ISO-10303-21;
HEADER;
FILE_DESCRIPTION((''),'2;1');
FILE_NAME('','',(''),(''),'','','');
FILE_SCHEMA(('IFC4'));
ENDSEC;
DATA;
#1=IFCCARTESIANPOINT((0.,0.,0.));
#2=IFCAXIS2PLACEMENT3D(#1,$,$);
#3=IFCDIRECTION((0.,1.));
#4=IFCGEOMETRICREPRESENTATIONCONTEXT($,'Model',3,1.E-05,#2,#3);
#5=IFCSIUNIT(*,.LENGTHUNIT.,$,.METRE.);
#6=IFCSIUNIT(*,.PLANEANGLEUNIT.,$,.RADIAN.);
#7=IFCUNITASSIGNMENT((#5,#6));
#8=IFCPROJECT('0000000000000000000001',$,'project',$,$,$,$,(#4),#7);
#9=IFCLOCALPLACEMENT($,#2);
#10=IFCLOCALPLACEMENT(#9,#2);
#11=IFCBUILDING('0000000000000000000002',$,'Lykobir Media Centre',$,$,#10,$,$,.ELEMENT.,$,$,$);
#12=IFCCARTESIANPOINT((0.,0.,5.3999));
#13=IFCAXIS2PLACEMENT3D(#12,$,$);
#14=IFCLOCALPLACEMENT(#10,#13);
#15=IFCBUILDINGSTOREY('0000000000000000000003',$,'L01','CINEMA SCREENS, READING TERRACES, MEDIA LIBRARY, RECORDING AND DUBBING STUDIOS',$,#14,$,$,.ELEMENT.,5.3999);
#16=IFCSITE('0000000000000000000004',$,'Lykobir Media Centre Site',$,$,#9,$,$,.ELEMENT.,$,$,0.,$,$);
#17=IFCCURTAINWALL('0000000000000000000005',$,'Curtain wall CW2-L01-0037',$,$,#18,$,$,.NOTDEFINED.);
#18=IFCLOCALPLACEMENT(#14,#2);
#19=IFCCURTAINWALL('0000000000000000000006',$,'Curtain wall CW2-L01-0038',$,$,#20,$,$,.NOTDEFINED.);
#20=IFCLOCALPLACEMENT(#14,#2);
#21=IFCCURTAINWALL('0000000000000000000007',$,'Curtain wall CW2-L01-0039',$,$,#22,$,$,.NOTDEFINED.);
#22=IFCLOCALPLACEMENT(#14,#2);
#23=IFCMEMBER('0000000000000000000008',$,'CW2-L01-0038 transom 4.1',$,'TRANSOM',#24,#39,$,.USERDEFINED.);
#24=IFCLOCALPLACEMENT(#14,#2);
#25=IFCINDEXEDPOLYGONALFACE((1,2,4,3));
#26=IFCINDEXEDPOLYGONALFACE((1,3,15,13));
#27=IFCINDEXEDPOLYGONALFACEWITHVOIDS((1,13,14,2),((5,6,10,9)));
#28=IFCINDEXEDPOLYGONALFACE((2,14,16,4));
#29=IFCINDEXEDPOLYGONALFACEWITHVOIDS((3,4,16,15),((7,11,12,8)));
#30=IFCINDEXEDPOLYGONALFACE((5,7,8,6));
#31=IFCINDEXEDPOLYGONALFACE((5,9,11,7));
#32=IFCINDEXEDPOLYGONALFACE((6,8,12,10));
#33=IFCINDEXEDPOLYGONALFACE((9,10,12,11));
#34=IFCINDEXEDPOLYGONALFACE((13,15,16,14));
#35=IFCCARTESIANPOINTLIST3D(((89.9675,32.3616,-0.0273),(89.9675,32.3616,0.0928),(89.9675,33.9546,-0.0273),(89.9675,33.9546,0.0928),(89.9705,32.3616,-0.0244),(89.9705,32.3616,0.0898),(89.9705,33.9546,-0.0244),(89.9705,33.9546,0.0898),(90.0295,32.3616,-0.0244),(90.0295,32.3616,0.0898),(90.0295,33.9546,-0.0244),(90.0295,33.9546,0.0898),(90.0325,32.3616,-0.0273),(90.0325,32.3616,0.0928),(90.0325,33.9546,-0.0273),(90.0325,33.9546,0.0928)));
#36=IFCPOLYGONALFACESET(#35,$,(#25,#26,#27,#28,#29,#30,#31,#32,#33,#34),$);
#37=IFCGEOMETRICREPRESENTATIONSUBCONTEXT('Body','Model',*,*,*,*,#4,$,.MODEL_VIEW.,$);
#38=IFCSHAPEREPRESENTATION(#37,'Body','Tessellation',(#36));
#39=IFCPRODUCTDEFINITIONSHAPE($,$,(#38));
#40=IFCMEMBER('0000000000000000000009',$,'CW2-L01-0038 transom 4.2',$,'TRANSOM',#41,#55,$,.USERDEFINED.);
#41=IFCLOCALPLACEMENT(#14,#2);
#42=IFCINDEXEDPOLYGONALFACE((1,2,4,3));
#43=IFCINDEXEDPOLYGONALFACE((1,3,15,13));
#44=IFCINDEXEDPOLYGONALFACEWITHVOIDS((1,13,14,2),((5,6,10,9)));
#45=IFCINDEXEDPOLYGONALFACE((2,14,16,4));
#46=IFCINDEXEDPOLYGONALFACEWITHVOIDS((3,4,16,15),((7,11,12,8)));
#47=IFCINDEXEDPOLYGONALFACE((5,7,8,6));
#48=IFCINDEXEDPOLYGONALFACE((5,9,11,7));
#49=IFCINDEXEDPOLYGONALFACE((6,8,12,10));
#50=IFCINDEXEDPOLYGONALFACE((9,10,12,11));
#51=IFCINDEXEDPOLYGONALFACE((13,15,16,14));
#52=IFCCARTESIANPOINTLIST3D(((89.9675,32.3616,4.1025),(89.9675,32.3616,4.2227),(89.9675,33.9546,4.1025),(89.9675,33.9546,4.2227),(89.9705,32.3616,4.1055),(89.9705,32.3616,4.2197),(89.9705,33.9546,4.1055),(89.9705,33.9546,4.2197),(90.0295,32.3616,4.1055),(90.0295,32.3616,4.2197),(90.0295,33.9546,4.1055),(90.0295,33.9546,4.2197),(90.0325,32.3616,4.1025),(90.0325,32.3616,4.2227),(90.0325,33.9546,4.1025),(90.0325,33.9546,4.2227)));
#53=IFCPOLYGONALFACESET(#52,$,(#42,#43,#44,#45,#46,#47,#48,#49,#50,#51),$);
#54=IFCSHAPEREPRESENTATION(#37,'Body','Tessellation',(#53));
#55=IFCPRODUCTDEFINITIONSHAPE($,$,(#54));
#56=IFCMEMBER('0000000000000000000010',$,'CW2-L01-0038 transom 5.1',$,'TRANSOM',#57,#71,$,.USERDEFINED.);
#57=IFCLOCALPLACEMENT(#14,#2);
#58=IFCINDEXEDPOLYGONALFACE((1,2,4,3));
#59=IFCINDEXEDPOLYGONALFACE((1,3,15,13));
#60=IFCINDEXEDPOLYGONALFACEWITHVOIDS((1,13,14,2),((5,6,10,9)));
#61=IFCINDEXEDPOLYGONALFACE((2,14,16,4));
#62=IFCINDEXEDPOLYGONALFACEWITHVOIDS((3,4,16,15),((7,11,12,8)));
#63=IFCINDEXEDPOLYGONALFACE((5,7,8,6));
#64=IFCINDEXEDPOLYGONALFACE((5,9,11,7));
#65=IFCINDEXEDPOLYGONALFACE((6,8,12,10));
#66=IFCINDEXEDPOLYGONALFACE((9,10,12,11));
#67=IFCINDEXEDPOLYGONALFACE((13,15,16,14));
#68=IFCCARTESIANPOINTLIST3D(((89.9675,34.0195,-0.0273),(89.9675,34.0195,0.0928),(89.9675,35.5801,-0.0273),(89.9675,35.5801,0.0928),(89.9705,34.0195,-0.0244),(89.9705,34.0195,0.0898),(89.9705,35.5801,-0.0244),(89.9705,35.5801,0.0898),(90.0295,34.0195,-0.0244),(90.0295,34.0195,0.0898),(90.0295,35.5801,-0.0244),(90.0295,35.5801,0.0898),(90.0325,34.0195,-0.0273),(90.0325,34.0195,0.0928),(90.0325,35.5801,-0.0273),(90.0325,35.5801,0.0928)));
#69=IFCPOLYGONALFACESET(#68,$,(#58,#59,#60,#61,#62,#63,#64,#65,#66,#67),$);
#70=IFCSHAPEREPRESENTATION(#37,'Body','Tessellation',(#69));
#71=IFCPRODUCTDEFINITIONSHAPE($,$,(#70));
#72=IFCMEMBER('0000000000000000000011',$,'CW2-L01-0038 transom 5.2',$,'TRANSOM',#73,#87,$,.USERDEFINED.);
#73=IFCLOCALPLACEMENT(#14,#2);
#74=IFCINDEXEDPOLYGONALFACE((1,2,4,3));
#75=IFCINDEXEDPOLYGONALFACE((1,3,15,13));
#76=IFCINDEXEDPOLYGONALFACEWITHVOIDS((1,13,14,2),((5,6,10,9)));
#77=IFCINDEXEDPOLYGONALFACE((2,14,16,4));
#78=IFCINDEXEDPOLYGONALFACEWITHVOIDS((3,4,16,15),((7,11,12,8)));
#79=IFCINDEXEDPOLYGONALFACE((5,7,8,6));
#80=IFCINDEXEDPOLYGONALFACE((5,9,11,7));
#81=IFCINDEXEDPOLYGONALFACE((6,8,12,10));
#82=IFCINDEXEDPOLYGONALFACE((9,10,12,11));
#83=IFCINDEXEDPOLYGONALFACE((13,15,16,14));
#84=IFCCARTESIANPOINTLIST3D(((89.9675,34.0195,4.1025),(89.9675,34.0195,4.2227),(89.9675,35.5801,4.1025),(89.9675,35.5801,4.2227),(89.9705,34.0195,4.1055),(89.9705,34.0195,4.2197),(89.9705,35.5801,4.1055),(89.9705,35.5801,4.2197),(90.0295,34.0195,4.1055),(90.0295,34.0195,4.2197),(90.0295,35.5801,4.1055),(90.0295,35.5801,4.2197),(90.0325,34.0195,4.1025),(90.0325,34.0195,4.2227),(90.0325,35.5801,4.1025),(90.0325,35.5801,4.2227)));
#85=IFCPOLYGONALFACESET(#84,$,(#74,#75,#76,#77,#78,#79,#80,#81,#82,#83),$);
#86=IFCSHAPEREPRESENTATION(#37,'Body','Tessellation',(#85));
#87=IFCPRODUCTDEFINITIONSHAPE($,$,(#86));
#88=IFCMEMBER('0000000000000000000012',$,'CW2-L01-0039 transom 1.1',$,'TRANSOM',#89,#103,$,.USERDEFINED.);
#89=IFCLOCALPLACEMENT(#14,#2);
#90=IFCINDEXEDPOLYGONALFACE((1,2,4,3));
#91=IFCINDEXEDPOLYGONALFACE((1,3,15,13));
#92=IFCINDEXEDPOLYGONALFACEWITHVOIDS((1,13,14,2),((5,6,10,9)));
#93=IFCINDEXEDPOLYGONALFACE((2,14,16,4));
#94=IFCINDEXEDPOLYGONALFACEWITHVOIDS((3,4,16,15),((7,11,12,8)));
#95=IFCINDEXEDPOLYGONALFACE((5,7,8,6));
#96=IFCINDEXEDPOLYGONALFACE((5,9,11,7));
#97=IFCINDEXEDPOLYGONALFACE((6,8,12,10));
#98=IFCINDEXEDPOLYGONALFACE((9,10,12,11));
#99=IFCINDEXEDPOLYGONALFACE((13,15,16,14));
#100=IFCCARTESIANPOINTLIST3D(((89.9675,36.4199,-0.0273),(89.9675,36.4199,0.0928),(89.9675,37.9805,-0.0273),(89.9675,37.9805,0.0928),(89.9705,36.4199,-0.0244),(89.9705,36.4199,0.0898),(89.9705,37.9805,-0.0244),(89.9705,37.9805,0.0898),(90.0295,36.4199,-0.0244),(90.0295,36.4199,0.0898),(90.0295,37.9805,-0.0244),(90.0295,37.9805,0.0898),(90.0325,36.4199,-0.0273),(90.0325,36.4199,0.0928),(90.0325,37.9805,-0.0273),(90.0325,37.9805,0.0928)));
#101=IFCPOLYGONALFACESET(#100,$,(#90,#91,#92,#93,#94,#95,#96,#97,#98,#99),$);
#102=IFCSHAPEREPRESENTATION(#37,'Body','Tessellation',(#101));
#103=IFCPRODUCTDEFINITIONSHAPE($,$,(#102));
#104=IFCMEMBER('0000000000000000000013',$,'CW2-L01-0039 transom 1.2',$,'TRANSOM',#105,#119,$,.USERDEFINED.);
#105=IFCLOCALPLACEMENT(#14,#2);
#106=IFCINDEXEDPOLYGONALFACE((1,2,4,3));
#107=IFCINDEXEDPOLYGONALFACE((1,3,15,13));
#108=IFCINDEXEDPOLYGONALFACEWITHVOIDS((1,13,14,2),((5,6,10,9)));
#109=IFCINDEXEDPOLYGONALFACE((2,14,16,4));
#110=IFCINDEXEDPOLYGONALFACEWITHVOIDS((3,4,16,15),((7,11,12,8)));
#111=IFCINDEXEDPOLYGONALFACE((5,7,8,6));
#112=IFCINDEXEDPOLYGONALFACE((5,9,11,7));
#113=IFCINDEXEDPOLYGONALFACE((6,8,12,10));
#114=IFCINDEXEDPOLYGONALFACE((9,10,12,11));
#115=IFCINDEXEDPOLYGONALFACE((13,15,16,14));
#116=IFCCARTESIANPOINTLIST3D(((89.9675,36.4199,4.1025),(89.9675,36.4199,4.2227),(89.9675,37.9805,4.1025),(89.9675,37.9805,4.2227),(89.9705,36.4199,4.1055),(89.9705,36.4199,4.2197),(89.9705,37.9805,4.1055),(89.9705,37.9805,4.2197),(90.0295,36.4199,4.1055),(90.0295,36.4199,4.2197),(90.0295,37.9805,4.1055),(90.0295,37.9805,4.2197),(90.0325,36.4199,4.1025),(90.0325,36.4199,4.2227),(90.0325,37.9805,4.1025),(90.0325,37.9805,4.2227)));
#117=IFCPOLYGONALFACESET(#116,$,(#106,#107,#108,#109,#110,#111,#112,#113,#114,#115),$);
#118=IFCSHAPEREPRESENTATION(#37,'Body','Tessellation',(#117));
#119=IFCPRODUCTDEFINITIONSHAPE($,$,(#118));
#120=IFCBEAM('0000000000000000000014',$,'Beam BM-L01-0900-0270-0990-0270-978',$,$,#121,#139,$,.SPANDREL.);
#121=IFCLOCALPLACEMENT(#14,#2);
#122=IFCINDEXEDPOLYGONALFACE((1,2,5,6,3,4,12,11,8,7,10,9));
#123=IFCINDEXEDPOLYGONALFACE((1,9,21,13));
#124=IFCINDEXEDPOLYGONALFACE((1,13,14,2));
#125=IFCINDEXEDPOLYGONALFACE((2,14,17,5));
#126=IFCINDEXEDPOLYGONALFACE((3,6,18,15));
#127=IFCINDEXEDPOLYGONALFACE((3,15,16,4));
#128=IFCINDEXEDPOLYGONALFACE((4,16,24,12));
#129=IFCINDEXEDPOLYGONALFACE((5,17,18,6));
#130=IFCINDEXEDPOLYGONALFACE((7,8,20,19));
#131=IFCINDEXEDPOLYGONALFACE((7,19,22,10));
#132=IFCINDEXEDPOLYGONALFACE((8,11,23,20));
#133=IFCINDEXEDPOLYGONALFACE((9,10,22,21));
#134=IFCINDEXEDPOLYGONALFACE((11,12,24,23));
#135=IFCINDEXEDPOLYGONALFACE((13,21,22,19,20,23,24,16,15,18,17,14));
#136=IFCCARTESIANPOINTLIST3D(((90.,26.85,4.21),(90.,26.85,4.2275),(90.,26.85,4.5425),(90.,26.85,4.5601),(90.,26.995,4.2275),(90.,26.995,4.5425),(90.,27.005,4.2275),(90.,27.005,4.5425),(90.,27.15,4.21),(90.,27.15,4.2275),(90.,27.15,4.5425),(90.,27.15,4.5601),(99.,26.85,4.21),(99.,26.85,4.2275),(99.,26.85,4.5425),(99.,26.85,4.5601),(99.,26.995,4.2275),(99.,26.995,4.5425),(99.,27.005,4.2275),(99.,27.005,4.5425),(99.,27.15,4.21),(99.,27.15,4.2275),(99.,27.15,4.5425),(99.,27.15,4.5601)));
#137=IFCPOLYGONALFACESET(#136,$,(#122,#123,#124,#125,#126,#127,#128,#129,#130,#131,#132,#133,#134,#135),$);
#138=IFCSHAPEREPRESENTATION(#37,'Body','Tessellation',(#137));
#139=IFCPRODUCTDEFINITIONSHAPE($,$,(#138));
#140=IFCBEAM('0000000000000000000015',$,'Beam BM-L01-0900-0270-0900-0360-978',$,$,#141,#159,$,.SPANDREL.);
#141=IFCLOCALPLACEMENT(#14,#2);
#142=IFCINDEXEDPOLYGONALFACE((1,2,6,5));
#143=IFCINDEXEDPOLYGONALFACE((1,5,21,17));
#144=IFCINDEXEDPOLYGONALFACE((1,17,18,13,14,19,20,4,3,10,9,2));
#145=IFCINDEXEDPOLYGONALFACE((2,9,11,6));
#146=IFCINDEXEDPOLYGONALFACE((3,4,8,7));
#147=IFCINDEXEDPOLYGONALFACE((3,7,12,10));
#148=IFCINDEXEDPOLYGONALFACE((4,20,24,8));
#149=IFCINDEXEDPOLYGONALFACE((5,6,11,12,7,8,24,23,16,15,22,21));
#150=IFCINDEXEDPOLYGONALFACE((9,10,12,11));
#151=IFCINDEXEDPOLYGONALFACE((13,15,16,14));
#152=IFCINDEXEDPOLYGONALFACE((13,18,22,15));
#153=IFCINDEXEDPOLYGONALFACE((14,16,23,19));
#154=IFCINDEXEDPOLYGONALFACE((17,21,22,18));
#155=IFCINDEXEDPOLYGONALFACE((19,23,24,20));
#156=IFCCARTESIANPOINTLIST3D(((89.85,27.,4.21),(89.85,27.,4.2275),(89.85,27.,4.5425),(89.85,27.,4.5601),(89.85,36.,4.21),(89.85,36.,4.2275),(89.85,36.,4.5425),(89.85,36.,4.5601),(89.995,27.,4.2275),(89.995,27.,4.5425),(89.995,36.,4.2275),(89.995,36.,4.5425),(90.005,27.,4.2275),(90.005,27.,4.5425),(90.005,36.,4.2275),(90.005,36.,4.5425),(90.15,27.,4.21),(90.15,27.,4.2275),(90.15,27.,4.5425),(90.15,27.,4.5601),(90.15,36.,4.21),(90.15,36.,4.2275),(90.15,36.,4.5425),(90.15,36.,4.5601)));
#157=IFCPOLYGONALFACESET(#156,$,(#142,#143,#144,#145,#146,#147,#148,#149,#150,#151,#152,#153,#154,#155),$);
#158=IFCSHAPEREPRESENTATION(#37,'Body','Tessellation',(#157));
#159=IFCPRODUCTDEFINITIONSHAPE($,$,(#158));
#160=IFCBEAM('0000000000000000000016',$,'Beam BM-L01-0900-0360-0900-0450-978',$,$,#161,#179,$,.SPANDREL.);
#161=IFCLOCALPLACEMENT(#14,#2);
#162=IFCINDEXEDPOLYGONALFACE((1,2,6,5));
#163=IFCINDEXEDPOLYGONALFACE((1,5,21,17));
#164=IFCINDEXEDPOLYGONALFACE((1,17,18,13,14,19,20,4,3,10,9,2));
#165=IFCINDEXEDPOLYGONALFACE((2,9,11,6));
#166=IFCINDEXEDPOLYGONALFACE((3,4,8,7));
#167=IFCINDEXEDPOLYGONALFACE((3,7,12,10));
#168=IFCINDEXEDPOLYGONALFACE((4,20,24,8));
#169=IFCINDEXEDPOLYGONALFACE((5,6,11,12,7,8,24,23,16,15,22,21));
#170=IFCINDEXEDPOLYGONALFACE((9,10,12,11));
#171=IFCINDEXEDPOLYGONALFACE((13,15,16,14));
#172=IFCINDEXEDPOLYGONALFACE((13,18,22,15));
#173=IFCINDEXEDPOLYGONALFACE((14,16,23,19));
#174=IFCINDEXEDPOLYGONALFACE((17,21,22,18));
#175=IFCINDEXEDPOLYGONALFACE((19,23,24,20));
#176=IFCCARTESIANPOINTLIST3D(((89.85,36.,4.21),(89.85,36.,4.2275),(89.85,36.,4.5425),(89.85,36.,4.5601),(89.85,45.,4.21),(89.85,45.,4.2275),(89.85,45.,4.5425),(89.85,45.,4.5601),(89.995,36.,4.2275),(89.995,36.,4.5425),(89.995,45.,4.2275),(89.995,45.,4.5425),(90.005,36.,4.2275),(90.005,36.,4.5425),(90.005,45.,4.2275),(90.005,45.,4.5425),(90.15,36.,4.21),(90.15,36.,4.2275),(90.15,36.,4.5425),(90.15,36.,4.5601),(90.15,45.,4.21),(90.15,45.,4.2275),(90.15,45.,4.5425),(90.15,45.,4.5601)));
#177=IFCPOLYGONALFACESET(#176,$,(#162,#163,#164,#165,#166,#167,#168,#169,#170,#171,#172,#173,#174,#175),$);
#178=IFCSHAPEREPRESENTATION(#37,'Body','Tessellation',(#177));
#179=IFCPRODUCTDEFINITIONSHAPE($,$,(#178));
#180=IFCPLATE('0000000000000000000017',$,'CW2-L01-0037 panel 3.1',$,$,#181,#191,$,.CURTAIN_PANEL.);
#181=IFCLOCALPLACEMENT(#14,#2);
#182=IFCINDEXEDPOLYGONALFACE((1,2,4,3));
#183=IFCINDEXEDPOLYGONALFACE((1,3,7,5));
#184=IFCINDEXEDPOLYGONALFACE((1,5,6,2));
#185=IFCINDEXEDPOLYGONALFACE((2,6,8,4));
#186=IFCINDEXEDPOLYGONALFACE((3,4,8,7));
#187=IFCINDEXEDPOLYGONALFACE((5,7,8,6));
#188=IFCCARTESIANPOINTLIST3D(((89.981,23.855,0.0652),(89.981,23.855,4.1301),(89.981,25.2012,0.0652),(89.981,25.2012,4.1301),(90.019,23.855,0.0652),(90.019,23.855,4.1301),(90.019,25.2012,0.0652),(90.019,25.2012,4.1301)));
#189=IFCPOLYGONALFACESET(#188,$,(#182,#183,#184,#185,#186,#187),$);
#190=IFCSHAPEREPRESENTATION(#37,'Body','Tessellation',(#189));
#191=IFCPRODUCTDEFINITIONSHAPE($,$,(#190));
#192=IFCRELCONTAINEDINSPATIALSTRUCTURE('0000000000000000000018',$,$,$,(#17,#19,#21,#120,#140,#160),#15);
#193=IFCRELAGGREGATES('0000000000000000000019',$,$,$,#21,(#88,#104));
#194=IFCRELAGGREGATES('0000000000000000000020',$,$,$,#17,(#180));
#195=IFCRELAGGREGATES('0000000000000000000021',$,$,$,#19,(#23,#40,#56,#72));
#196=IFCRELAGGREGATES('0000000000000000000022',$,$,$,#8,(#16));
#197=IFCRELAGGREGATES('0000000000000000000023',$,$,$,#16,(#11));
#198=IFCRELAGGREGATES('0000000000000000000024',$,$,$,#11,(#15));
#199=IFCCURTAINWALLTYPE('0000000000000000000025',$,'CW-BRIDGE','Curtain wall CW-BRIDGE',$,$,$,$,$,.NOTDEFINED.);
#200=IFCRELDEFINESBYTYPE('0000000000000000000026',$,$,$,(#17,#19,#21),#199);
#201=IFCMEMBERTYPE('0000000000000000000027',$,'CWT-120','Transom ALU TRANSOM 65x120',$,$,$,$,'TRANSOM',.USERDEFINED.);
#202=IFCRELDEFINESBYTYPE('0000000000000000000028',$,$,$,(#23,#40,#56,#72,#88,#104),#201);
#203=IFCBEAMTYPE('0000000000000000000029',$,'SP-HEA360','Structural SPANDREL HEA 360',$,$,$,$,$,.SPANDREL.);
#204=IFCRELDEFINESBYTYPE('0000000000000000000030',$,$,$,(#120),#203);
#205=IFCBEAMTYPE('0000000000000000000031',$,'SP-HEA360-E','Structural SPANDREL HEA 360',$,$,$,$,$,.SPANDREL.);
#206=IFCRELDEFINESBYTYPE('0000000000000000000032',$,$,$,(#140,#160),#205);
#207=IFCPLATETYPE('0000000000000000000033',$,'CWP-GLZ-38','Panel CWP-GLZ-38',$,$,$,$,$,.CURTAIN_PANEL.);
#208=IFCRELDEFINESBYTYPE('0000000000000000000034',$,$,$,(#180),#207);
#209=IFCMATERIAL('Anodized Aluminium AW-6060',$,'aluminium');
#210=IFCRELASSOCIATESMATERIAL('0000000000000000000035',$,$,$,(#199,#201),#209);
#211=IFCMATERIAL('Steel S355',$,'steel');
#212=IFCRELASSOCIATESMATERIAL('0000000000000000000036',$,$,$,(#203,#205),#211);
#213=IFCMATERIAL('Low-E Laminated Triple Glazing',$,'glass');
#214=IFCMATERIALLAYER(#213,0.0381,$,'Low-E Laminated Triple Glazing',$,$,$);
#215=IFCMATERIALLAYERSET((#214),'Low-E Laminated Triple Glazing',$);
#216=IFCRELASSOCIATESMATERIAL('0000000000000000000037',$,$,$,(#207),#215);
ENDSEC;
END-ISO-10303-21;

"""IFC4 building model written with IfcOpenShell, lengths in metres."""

from ifc_helpers import new_model, si_unit, direction, frame, origin, origin_2d, place, context, subcontext, project, spatial, rectangle, hollow_rectangle, i_section, extrude, material, layer, layer_set, material_profile, profile_set, type_object, element, aggregate, save


model = new_model("IFC4")

# Units and contexts
model_context = context("Model", 3, precision=1e-05, world=origin(), true_north=direction((0.0, 1.0)))
body_context = subcontext(model_context, "Body", "Model", "MODEL_VIEW")
ifc_project = project(units=[si_unit("LENGTHUNIT", "METRE"), si_unit("PLANEANGLEUNIT", "RADIAN")], contexts=[model_context])

# Site, building, storey
site_placement = place(None, origin())
site = spatial("IfcSite", under=ifc_project, at=site_placement, Name="Lykobir Media Centre Site", CompositionType="ELEMENT", RefElevation=0.0)
building_placement = place(site_placement, origin())
building = spatial("IfcBuilding", under=site, at=building_placement, Name="Lykobir Media Centre", CompositionType="ELEMENT")
storey_placement = place(building_placement, frame((0.0, 0.0, 5.3999)))
storey = spatial("IfcBuildingStorey", under=building, at=storey_placement, Name="L01", Description="CINEMA SCREENS, READING TERRACES, MEDIA LIBRARY, RECORDING AND DUBBING STUDIOS", CompositionType="ELEMENT", Elevation=5.3999)

# Shared definitions
ifc_material_1 = material(Name="Steel S355", Category="steel")

# Curtain walls
ifc_material_2 = material(Name="Anodized Aluminium AW-6060", Category="aluminium")
curtain_wall_type = type_object("IfcCurtainWallType", Name="CW-BRIDGE", Description="Curtain wall CW-BRIDGE", PredefinedType="NOTDEFINED", material=ifc_material_2)
curtain_wall_1_placement = place(storey_placement, origin())
curtain_wall_1 = element("IfcCurtainWall", 1, at=curtain_wall_1_placement, inside=storey, type_object=curtain_wall_type, Name="Curtain wall CW2-L01-0037", PredefinedType="NOTDEFINED")
curtain_wall_2_placement = place(storey_placement, origin())
curtain_wall_2 = element("IfcCurtainWall", 2, at=curtain_wall_2_placement, inside=storey, type_object=curtain_wall_type, Name="Curtain wall CW2-L01-0038", PredefinedType="NOTDEFINED")

# Curtain wall
curtain_wall_3_placement = place(storey_placement, origin())
curtain_wall_3 = element("IfcCurtainWall", 3, at=curtain_wall_3_placement, inside=storey, type_object=curtain_wall_type, Name="Curtain wall CW2-L01-0039", PredefinedType="NOTDEFINED")

# Members
ifc_material_profile_1 = material_profile(ifc_material_2, hollow_rectangle(XDim=0.0649, YDim=0.1201, WallThickness=0.0029, at=origin_2d()), Name="ALU TRANSOM 65x120")
ifc_profile_set_1 = profile_set([ifc_material_profile_1], Name="Anodized Aluminium AW-6060")
member_type_1 = type_object("IfcMemberType", Name="CWT-120", Description="Transom ALU TRANSOM 65x120", ElementType="TRANSOM", PredefinedType="USERDEFINED", material=ifc_profile_set_1)
member_1_placement = place(storey_placement, frame((90.0, 32.3616, 0.0327), z_axis=(0.0, 1.0, 0.0), x_axis=(-1.0, 0.0, 0.0)))
member_1 = element("IfcMember", 4, at=member_1_placement, type_object=member_type_1, Name="CW2-L01-0038 transom 4.1", ObjectType="TRANSOM", PredefinedType="USERDEFINED", context=body_context, shape_type="SweptSolid", body=[
    extrude(hollow_rectangle(XDim=0.0649, YDim=0.1201, WallThickness=0.0029, at=origin_2d()), origin(), (0.0, 0.0, 1.0), 1.593),
])
member_2_placement = place(storey_placement, frame((90.0, 32.3616, 4.1626), z_axis=(0.0, 1.0, 0.0), x_axis=(-1.0, 0.0, 0.0)))
member_2 = element("IfcMember", 5, at=member_2_placement, type_object=member_type_1, Name="CW2-L01-0038 transom 4.2", ObjectType="TRANSOM", PredefinedType="USERDEFINED", context=body_context, shape_type="SweptSolid", body=[
    extrude(hollow_rectangle(XDim=0.0649, YDim=0.1201, WallThickness=0.0029, at=origin_2d()), origin(), (0.0, 0.0, 1.0), 1.593),
])
member_3_placement = place(storey_placement, frame((90.0, 34.0195, 0.0327), z_axis=(0.0, 1.0, 0.0), x_axis=(-1.0, 0.0, 0.0)))
member_3 = element("IfcMember", 6, at=member_3_placement, type_object=member_type_1, Name="CW2-L01-0038 transom 5.1", ObjectType="TRANSOM", PredefinedType="USERDEFINED", context=body_context, shape_type="SweptSolid", body=[
    extrude(hollow_rectangle(XDim=0.0649, YDim=0.1201, WallThickness=0.0029, at=origin_2d()), origin(), (0.0, 0.0, 1.0), 1.5605),
])
member_4_placement = place(storey_placement, frame((90.0, 34.0195, 4.1626), z_axis=(0.0, 1.0, 0.0), x_axis=(-1.0, 0.0, 0.0)))
member_4 = element("IfcMember", 7, at=member_4_placement, type_object=member_type_1, Name="CW2-L01-0038 transom 5.2", ObjectType="TRANSOM", PredefinedType="USERDEFINED", context=body_context, shape_type="SweptSolid", body=[
    extrude(hollow_rectangle(XDim=0.0649, YDim=0.1201, WallThickness=0.0029, at=origin_2d()), origin(), (0.0, 0.0, 1.0), 1.5605),
])
member_5_placement = place(storey_placement, frame((90.0, 36.4199, 0.0327), z_axis=(0.0, 1.0, 0.0), x_axis=(-1.0, 0.0, 0.0)))
member_5 = element("IfcMember", 8, at=member_5_placement, type_object=member_type_1, Name="CW2-L01-0039 transom 1.1", ObjectType="TRANSOM", PredefinedType="USERDEFINED", context=body_context, shape_type="SweptSolid", body=[
    extrude(hollow_rectangle(XDim=0.0649, YDim=0.1201, WallThickness=0.0029, at=origin_2d()), origin(), (0.0, 0.0, 1.0), 1.5605),
])
member_6_placement = place(storey_placement, frame((90.0, 36.4199, 4.1626), z_axis=(0.0, 1.0, 0.0), x_axis=(-1.0, 0.0, 0.0)))
member_6 = element("IfcMember", 9, at=member_6_placement, type_object=member_type_1, Name="CW2-L01-0039 transom 1.2", ObjectType="TRANSOM", PredefinedType="USERDEFINED", context=body_context, shape_type="SweptSolid", body=[
    extrude(hollow_rectangle(XDim=0.0649, YDim=0.1201, WallThickness=0.0029, at=origin_2d()), origin(), (0.0, 0.0, 1.0), 1.5605),
])
aggregate(curtain_wall_3, [member_5, member_6])

# Beams
ifc_material_profile_2 = material_profile(ifc_material_1, i_section(OverallWidth=0.3, OverallDepth=0.3501, WebThickness=0.01, FlangeThickness=0.0176, at=origin_2d()), Name="HEA 360")
ifc_profile_set_2 = profile_set([ifc_material_profile_2], Name="Steel S355")
beam_type_1 = type_object("IfcBeamType", Name="SP-HEA360", Description="Structural SPANDREL HEA 360", PredefinedType="SPANDREL", material=ifc_profile_set_2)
beam_1_placement = place(storey_placement, frame((90.0, 27.0, 4.385), z_axis=(1.0, 0.0, 0.0), x_axis=(0.0, 1.0, 0.0)))
element("IfcBeam", 10, at=beam_1_placement, inside=storey, type_object=beam_type_1, Name="Beam BM-L01-0900-0270-0990-0270-978", PredefinedType="SPANDREL", context=body_context, shape_type="SweptSolid", body=[
    extrude(i_section(OverallWidth=0.3, OverallDepth=0.3501, WebThickness=0.01, FlangeThickness=0.0176, at=origin_2d()), origin(), (0.0, 0.0, 1.0), 9.0),
])
ifc_material_profile_3 = material_profile(ifc_material_1, i_section(OverallWidth=0.3, OverallDepth=0.3501, WebThickness=0.01, FlangeThickness=0.0176, at=origin_2d()), Name="HEA 360")
ifc_profile_set_3 = profile_set([ifc_material_profile_3], Name="Steel S355")
beam_type_2 = type_object("IfcBeamType", Name="SP-HEA360-E", Description="Structural SPANDREL HEA 360", PredefinedType="SPANDREL", material=ifc_profile_set_3)
for number, where, z_axis, x_axis, name in (
    (11, (90.0, 27.0, 4.385), (0.0, 1.0, 0.0), (-1.0, 0.0, 0.0), "Beam BM-L01-0900-0270-0900-0360-978"),
    (12, (90.0, 36.0, 4.385), (0.0, 1.0, 0.0), (-1.0, 0.0, 0.0), "Beam BM-L01-0900-0360-0900-0450-978"),
):
    element("IfcBeam", number, at=place(storey_placement, frame(where, z_axis=z_axis, x_axis=x_axis)), inside=storey, type_object=beam_type_2, Name=name, PredefinedType="SPANDREL", context=body_context, shape_type="SweptSolid", body=[
        extrude(i_section(OverallWidth=0.3, OverallDepth=0.3501, WebThickness=0.01, FlangeThickness=0.0176, at=origin_2d()), origin(), (0.0, 0.0, 1.0), 9.0),
    ])

# Plate
ifc_material_3 = material(Name="Low-E Laminated Triple Glazing", Category="glass")
ifc_layer = layer(ifc_material_3, 0.0381, Name="Low-E Laminated Triple Glazing")
ifc_layer_set = layer_set([ifc_layer], Name="Low-E Laminated Triple Glazing")
plate_type = type_object("IfcPlateType", Name="CWP-GLZ-38", Description="Panel CWP-GLZ-38", PredefinedType="CURTAIN_PANEL", material=ifc_layer_set)
plate_1_placement = place(storey_placement, frame((90.0, 24.5281, 0.0652), z_axis=(0.0, 0.0, 1.0), x_axis=(0.0, 1.0, 0.0)))
plate_1 = element("IfcPlate", 13, at=plate_1_placement, type_object=plate_type, Name="CW2-L01-0037 panel 3.1", PredefinedType="CURTAIN_PANEL", context=body_context, shape_type="SweptSolid", body=[
    extrude(rectangle(XDim=1.3462, YDim=0.0381, at=origin_2d()), origin(), (0.0, 0.0, 1.0), 4.0649),
])
aggregate(curtain_wall_1, [plate_1])
aggregate(curtain_wall_2, [member_1, member_2, member_3, member_4])

save(model, "model.ifc")
